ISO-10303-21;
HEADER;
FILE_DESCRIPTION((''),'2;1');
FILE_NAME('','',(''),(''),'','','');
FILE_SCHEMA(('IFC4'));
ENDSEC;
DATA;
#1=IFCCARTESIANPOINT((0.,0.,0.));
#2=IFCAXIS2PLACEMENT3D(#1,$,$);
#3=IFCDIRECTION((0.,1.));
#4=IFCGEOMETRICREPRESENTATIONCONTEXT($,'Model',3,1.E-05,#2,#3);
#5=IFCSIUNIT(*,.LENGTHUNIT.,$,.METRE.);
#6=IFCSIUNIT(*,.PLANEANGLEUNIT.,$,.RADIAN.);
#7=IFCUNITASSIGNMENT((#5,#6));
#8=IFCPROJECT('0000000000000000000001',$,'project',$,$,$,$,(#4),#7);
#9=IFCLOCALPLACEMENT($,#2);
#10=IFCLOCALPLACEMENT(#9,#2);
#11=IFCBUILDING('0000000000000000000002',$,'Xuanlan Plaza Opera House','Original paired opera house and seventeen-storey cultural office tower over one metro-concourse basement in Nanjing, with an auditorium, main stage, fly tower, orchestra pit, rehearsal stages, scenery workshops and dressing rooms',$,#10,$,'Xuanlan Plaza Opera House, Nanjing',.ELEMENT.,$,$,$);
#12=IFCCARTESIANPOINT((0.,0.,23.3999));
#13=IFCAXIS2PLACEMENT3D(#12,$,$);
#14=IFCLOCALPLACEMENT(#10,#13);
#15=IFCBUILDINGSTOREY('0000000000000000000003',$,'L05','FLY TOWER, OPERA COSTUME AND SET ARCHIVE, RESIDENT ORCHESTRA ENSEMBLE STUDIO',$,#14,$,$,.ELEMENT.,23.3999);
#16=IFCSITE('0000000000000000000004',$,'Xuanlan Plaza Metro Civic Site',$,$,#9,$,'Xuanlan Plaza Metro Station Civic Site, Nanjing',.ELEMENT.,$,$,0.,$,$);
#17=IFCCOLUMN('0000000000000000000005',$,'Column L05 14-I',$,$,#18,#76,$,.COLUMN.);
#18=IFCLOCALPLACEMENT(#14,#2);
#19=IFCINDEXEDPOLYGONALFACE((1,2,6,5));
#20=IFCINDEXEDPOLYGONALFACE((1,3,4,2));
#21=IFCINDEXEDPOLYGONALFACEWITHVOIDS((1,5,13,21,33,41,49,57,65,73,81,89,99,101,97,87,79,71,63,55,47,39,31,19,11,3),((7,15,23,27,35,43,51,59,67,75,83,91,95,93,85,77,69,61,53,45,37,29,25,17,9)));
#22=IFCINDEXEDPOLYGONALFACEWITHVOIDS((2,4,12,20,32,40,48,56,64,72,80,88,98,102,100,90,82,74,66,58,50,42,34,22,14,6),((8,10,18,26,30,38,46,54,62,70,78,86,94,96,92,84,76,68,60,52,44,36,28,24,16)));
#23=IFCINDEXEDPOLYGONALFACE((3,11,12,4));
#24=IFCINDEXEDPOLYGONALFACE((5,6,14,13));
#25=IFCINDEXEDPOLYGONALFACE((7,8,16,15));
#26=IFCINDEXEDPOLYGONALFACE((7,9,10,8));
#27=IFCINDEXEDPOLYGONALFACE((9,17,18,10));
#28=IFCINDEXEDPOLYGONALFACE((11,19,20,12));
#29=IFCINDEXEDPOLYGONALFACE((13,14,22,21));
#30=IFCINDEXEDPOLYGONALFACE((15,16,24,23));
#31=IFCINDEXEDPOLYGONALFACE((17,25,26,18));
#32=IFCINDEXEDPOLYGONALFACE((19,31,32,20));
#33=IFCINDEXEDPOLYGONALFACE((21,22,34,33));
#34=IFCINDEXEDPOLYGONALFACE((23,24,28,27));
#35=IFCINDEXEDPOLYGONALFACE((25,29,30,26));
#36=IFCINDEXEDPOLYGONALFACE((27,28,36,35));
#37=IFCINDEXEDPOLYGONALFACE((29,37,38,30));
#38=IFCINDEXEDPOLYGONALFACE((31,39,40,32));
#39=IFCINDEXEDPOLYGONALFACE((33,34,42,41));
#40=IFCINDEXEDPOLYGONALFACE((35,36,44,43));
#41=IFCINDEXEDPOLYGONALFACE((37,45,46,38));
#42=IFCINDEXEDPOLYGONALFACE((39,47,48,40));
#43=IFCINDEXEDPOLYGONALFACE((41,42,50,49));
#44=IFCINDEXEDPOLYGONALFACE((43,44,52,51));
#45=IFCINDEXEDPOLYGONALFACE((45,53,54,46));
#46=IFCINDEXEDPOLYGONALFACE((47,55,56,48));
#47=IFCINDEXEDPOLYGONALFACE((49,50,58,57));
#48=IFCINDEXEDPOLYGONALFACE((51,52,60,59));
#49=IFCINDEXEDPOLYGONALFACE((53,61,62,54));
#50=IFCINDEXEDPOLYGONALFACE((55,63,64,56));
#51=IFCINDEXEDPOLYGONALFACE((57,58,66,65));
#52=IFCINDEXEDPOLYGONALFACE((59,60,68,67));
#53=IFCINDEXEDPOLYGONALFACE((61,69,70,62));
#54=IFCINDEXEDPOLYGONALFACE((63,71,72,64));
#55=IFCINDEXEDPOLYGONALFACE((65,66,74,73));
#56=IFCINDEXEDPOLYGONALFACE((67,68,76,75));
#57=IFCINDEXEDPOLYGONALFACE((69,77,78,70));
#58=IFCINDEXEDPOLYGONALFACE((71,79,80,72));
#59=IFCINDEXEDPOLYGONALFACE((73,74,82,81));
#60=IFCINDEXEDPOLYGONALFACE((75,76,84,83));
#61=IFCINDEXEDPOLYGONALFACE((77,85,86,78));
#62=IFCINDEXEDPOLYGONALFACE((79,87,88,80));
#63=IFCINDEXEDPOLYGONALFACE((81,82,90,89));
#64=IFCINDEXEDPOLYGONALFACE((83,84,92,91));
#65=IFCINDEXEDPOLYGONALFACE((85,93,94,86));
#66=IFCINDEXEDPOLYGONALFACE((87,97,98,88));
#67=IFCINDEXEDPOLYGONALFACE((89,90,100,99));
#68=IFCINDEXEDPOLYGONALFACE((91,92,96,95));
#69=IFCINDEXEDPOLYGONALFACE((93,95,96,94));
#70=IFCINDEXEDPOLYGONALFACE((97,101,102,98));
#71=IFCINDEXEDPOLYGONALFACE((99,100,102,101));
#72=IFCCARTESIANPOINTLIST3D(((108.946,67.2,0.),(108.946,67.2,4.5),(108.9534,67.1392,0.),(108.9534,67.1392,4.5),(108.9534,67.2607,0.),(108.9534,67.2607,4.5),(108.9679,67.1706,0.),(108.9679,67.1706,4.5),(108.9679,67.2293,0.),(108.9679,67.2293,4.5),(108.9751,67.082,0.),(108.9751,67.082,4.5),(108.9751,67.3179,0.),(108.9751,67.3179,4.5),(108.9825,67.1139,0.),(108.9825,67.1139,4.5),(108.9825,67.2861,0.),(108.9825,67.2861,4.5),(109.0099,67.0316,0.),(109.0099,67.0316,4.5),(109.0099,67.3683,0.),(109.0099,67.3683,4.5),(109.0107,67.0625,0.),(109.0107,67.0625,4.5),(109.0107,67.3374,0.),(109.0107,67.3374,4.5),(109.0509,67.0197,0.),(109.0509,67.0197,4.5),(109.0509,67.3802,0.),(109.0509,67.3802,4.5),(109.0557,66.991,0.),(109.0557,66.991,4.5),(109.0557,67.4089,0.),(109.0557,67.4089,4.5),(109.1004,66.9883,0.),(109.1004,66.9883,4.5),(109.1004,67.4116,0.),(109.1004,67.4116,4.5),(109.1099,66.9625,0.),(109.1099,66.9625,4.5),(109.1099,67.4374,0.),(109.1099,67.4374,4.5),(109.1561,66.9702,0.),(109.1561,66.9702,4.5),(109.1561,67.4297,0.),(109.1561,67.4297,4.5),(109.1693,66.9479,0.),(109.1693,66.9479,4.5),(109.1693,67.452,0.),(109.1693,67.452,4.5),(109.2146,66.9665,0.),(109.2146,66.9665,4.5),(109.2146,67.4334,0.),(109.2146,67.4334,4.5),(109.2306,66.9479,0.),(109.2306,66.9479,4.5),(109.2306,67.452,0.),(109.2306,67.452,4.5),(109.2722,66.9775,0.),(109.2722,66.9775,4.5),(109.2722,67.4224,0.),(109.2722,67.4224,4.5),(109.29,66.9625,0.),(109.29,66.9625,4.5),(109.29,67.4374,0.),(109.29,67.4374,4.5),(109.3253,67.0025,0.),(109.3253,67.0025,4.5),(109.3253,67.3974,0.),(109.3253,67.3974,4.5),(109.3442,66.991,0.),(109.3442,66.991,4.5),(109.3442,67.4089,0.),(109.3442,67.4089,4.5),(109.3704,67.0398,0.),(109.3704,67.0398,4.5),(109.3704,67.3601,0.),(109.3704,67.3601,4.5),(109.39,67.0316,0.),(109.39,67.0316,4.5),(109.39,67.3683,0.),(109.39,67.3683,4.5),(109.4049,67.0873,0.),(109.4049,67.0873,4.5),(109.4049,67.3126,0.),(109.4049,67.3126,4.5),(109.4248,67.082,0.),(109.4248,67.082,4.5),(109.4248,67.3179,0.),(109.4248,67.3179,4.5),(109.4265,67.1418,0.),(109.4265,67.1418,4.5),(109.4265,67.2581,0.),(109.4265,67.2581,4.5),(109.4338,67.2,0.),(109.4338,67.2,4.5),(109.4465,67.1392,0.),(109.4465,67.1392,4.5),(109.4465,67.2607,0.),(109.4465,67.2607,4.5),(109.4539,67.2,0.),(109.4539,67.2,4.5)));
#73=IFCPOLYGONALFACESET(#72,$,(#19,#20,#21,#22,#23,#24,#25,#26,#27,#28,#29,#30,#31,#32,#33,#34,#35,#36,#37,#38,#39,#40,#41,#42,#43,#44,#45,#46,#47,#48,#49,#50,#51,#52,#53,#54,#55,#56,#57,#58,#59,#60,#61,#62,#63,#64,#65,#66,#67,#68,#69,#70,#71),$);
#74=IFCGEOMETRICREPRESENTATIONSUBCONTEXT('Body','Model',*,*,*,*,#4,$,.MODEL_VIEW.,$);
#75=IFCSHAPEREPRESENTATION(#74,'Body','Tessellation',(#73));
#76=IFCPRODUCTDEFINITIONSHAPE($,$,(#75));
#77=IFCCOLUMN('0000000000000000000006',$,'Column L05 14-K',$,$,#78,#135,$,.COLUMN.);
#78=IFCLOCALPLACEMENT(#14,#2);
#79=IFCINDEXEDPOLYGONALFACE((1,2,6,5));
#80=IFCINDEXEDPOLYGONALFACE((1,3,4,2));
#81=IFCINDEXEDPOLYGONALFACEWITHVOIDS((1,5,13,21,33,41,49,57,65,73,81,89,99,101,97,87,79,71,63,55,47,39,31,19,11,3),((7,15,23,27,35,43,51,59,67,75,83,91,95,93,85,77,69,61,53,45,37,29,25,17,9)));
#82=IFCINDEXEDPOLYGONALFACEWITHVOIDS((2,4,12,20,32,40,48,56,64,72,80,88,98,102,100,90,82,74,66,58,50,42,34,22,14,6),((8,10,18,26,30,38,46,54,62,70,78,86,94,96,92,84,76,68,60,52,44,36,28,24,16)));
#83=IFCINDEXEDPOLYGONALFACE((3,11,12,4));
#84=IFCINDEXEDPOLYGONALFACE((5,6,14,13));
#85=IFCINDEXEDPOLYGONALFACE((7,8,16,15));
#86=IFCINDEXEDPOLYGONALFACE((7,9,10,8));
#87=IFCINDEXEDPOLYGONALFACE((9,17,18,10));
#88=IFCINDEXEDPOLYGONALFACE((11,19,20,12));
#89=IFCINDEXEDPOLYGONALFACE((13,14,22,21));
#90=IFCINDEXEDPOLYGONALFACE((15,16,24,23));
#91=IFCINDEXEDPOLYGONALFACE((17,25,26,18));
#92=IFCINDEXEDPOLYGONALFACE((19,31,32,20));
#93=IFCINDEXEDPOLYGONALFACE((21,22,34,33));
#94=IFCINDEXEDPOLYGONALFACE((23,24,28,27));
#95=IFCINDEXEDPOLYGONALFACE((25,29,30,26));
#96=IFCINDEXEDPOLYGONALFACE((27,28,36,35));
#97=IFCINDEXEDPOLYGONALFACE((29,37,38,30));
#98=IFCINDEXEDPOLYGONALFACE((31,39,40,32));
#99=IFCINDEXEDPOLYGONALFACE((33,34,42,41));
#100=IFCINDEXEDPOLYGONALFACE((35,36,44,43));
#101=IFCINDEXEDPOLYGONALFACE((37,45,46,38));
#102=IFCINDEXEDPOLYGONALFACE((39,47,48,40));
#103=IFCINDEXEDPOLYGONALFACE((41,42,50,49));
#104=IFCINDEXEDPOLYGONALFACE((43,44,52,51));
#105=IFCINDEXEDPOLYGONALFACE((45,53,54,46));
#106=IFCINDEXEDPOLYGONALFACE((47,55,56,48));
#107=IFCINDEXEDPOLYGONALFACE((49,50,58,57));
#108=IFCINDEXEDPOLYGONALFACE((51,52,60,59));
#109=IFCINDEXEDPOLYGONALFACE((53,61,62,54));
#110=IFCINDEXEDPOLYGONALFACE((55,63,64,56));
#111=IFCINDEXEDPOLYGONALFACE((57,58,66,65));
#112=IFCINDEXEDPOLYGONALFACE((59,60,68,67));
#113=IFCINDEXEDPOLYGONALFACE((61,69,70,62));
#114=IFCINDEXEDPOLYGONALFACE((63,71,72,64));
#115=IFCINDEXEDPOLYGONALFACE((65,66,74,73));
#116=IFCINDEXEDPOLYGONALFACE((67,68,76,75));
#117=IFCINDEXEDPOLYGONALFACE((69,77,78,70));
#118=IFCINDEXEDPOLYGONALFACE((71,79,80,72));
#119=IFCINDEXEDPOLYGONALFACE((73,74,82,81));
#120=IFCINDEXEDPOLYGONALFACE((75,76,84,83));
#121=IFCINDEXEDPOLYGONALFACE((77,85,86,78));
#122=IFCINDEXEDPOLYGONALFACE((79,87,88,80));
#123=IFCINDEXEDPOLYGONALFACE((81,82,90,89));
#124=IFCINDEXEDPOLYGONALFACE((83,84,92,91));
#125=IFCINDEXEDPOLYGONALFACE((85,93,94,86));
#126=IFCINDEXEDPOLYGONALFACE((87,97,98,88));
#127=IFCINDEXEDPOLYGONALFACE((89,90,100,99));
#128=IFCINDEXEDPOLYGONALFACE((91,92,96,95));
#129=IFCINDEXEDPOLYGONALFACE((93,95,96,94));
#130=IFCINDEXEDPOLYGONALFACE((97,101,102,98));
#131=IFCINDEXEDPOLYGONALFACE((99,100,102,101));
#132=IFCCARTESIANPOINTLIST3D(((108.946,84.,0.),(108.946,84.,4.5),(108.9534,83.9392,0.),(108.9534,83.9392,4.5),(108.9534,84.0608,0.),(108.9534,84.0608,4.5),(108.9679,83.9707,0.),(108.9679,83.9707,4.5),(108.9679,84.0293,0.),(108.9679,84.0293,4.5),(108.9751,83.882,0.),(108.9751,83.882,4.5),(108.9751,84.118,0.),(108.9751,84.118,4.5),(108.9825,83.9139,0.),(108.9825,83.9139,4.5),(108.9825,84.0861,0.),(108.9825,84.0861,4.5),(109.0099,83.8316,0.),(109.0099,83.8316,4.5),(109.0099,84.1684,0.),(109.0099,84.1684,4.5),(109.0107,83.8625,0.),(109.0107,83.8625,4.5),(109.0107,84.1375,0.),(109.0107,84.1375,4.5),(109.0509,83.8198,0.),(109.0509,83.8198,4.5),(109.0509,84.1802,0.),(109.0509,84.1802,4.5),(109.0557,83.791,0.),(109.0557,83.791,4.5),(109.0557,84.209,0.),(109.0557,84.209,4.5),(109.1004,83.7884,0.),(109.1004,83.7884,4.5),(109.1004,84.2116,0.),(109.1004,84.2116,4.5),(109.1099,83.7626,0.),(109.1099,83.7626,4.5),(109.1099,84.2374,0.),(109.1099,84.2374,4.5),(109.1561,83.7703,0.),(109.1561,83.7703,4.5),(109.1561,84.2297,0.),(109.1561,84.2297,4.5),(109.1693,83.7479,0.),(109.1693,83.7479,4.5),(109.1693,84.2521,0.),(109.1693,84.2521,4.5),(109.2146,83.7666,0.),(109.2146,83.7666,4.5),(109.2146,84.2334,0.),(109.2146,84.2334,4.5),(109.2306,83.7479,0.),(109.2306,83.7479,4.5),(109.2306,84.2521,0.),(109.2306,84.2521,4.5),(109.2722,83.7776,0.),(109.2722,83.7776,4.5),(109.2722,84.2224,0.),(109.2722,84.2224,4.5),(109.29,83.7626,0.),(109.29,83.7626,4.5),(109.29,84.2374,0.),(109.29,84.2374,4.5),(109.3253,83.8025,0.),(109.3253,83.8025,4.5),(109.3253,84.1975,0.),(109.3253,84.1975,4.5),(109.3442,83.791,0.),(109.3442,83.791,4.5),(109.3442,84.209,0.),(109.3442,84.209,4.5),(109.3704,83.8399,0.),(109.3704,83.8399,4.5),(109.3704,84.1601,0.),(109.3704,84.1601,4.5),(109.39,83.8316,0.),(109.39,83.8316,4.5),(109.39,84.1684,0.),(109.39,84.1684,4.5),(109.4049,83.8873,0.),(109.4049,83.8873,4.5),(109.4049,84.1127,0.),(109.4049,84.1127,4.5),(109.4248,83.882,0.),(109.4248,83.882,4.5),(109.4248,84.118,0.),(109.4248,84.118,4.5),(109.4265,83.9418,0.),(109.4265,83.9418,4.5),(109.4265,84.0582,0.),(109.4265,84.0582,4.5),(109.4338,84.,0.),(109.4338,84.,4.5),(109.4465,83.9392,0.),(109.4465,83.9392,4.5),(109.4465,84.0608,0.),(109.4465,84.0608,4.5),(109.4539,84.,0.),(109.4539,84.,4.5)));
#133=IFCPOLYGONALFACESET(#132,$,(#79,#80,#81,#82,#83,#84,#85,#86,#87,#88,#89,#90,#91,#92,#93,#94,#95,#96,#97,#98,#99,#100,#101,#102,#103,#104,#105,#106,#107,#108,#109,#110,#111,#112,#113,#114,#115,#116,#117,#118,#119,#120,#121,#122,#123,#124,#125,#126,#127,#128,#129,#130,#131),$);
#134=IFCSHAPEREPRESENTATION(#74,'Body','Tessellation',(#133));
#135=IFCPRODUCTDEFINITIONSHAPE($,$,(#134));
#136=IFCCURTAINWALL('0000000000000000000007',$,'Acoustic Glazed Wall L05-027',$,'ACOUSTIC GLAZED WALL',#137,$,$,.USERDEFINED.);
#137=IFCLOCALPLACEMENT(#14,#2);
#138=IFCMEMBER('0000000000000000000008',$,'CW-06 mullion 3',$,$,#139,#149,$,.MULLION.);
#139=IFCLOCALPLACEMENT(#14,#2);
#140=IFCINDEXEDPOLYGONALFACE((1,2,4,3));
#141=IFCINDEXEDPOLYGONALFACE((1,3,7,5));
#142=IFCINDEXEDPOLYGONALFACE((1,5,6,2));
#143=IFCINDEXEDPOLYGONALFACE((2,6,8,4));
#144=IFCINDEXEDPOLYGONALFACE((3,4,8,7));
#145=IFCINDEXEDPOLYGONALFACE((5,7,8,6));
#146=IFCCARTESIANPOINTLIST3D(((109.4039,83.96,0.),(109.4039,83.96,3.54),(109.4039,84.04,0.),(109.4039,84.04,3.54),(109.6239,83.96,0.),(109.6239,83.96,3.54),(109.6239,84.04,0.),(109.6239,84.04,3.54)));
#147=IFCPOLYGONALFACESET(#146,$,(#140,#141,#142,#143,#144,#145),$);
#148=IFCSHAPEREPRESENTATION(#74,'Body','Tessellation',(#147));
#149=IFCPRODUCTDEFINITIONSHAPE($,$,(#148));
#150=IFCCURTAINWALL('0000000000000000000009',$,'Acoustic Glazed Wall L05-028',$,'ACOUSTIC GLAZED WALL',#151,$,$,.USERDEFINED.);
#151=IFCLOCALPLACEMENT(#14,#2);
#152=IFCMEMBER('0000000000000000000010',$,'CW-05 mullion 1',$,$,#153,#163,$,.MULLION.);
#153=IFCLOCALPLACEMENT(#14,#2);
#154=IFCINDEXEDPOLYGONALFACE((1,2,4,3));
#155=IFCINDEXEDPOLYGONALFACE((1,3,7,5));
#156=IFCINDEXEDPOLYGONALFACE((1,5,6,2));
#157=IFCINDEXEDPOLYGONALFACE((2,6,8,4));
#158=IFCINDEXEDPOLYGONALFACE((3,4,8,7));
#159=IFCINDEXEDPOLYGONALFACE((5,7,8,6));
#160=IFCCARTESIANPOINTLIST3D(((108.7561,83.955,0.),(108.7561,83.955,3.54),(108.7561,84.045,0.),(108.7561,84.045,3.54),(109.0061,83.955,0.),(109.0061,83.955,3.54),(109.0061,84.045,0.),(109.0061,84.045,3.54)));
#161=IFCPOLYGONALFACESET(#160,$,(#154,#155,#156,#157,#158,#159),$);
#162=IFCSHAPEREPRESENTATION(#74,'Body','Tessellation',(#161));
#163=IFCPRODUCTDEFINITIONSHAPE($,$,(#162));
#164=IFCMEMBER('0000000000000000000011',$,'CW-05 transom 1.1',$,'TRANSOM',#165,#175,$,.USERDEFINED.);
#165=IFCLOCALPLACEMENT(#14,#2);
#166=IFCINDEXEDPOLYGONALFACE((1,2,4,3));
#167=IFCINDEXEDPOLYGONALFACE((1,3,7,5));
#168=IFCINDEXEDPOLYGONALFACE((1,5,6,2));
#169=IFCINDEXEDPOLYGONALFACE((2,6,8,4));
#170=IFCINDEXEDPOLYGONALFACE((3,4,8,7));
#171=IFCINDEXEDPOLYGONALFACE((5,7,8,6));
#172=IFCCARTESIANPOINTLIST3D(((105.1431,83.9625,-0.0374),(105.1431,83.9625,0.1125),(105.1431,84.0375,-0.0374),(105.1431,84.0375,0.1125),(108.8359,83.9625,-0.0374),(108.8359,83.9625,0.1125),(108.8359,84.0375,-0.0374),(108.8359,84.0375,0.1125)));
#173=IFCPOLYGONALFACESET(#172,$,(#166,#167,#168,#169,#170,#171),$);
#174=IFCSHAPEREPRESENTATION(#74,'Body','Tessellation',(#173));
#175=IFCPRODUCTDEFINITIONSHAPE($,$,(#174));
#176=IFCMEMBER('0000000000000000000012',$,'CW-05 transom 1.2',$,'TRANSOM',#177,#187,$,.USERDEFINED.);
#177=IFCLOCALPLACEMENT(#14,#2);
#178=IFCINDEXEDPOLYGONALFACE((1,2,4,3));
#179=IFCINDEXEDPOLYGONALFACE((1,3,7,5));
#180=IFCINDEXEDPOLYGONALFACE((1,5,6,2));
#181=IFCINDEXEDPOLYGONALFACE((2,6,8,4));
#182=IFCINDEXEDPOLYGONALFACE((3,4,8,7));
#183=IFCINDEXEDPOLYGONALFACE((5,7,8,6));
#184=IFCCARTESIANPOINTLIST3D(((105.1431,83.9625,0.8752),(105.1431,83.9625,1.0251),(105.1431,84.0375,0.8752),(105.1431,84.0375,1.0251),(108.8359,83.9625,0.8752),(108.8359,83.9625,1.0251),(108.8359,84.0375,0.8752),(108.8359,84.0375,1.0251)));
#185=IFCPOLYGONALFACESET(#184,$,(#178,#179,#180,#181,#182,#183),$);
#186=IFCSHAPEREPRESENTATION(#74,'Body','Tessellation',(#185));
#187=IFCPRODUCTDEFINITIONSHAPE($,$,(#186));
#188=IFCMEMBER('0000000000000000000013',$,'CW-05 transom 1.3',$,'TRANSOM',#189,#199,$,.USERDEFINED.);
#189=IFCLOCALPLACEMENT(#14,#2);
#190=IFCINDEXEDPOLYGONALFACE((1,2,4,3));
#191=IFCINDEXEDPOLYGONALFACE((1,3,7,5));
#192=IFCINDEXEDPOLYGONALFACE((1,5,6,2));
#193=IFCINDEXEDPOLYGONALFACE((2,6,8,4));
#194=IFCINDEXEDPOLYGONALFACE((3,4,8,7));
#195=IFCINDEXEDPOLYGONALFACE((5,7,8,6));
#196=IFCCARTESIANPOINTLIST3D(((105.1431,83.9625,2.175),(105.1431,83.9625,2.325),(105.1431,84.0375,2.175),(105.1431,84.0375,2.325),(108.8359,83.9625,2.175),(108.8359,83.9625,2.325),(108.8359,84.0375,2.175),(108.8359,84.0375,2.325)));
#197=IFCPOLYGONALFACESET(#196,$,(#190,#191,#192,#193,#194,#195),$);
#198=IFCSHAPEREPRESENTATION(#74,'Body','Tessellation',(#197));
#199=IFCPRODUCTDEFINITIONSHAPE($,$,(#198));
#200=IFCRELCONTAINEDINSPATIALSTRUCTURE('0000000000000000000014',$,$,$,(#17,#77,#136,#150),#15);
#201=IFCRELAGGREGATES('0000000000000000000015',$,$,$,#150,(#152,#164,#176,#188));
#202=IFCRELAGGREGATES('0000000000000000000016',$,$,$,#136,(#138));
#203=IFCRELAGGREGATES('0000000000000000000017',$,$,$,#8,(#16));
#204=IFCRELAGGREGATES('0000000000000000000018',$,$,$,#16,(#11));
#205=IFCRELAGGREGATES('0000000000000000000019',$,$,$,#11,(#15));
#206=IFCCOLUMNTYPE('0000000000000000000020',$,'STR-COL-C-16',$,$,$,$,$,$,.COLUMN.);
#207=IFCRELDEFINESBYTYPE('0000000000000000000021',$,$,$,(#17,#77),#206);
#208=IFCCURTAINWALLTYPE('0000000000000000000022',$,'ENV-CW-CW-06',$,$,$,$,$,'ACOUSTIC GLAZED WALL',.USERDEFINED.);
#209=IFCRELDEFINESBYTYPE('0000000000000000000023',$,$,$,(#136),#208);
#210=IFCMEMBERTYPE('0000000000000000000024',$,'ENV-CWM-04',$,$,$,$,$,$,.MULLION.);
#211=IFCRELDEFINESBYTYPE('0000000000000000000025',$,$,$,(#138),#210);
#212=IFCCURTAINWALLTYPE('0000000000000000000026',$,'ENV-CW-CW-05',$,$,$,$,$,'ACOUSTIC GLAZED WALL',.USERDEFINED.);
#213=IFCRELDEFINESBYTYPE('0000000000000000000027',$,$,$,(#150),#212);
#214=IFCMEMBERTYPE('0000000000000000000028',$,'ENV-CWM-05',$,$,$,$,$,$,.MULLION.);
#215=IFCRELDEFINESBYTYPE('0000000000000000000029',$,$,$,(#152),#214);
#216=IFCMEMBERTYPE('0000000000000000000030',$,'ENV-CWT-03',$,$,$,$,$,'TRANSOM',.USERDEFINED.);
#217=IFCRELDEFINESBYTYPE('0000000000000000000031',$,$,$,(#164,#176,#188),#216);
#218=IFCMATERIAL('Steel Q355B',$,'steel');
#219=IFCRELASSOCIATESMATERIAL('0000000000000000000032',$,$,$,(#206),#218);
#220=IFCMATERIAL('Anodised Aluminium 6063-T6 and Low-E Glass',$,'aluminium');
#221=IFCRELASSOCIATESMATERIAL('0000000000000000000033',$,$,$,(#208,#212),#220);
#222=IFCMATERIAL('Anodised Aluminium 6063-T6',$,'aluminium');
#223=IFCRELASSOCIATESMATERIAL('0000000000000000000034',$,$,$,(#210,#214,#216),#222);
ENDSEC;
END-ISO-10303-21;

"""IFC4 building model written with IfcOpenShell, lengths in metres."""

from ifc_helpers import new_model, si_unit, direction, frame, origin, origin_2d, place, context, subcontext, project, spatial, rectangle, hollow_circle, extrude, material, material_profile, profile_set, type_object, element, aggregate, save


model = new_model("IFC4")

# Units and contexts
model_context = context("Model", 3, precision=1e-05, world=origin(), true_north=direction((0.0, 1.0)))
body_context = subcontext(model_context, "Body", "Model", "MODEL_VIEW")
ifc_project = project(units=[si_unit("LENGTHUNIT", "METRE"), si_unit("PLANEANGLEUNIT", "RADIAN")], contexts=[model_context])

# Site, building, storey
site_placement = place(None, origin())
site = spatial("IfcSite", under=ifc_project, at=site_placement, Name="Xuanlan Plaza Metro Civic Site", LongName="Xuanlan Plaza Metro Station Civic Site, Nanjing", CompositionType="ELEMENT", RefElevation=0.0)
building_placement = place(site_placement, origin())
building = spatial("IfcBuilding", under=site, at=building_placement, Name="Xuanlan Plaza Opera House", Description="Original paired opera house and seventeen-storey cultural office tower over one metro-concourse basement in Nanjing, with an auditorium, main stage, fly tower, orchestra pit, rehearsal stages, scenery workshops and dressing rooms", LongName="Xuanlan Plaza Opera House, Nanjing", CompositionType="ELEMENT")
storey_placement = place(building_placement, frame((0.0, 0.0, 23.3999)))
storey = spatial("IfcBuildingStorey", under=building, at=storey_placement, Name="L05", Description="FLY TOWER, OPERA COSTUME AND SET ARCHIVE, RESIDENT ORCHESTRA ENSEMBLE STUDIO", CompositionType="ELEMENT", Elevation=23.3999)

# Columns
ifc_material_1 = material(Name="Steel Q355B", Category="steel")
ifc_material_profile_1 = material_profile(ifc_material_1, hollow_circle(Radius=0.2539, WallThickness=0.02, at=origin_2d()), Name="CHS 508x20")
ifc_profile_set_1 = profile_set([ifc_material_profile_1], Name="Steel Q355B")
column_type_1 = type_object("IfcColumnType", Name="STR-COL-C-16", PredefinedType="COLUMN", material=ifc_profile_set_1)
for number, where, z_axis, x_axis, name in (
    (1, (109.2, 67.2, 0.0), (0.0, 0.0, 1.0), (1.0, 0.0, 0.0), "Column L05 14-I"),
    (2, (109.2, 84.0, 0.0), (0.0, 0.0, 1.0), (1.0, 0.0, 0.0), "Column L05 14-K"),
):
    element("IfcColumn", number, at=place(storey_placement, frame(where, z_axis=z_axis, x_axis=x_axis)), inside=storey, type_object=column_type_1, Name=name, PredefinedType="COLUMN", context=body_context, shape_type="SweptSolid", body=[
        extrude(hollow_circle(Radius=0.2539, WallThickness=0.02, at=origin_2d()), origin(), (0.0, 0.0, 1.0), 4.5),
    ])

# Curtain wall, member
ifc_material_2 = material(Name="Anodised Aluminium 6063-T6 and Low-E Glass", Category="aluminium")
curtain_wall_type_1 = type_object("IfcCurtainWallType", Name="ENV-CW-CW-06", ElementType="ACOUSTIC GLAZED WALL", PredefinedType="USERDEFINED", material=ifc_material_2)
curtain_wall_1_placement = place(storey_placement, origin())
curtain_wall_1 = element("IfcCurtainWall", 3, at=curtain_wall_1_placement, inside=storey, type_object=curtain_wall_type_1, Name="Acoustic Glazed Wall L05-027", ObjectType="ACOUSTIC GLAZED WALL", PredefinedType="USERDEFINED")
ifc_material_3 = material(Name="Anodised Aluminium 6063-T6", Category="aluminium")
ifc_material_profile_2 = material_profile(ifc_material_3, rectangle(XDim=0.0801, YDim=0.22, at=origin_2d()), Name="ALU-M 80x220")
ifc_profile_set_2 = profile_set([ifc_material_profile_2], Name="Anodised Aluminium 6063-T6")
member_type_1 = type_object("IfcMemberType", Name="ENV-CWM-04", PredefinedType="MULLION", material=ifc_profile_set_2)
member_1_placement = place(storey_placement, frame((109.5139, 84.0, 0.0), z_axis=(0.0, 0.0, 1.0), x_axis=(0.0, -1.0, 0.0)))
member_1 = element("IfcMember", 4, at=member_1_placement, type_object=member_type_1, Name="CW-06 mullion 3", PredefinedType="MULLION", context=body_context, shape_type="SweptSolid", body=[
    extrude(rectangle(XDim=0.0801, YDim=0.22, at=origin_2d()), origin(), (0.0, 0.0, 1.0), 3.54),
])

# Curtain wall, members
curtain_wall_type_2 = type_object("IfcCurtainWallType", Name="ENV-CW-CW-05", ElementType="ACOUSTIC GLAZED WALL", PredefinedType="USERDEFINED", material=ifc_material_2)
curtain_wall_2_placement = place(storey_placement, origin())
curtain_wall_2 = element("IfcCurtainWall", 5, at=curtain_wall_2_placement, inside=storey, type_object=curtain_wall_type_2, Name="Acoustic Glazed Wall L05-028", ObjectType="ACOUSTIC GLAZED WALL", PredefinedType="USERDEFINED")
ifc_material_profile_3 = material_profile(ifc_material_3, rectangle(XDim=0.0901, YDim=0.25, at=origin_2d()), Name="ALU-M 90x250")
ifc_profile_set_3 = profile_set([ifc_material_profile_3], Name="Anodised Aluminium 6063-T6")
member_type_2 = type_object("IfcMemberType", Name="ENV-CWM-05", PredefinedType="MULLION", material=ifc_profile_set_3)
member_2_placement = place(storey_placement, frame((108.8811, 84.0, 0.0), z_axis=(0.0, 0.0, 1.0), x_axis=(0.0, -1.0, 0.0)))
member_2 = element("IfcMember", 6, at=member_2_placement, type_object=member_type_2, Name="CW-05 mullion 1", PredefinedType="MULLION", context=body_context, shape_type="SweptSolid", body=[
    extrude(rectangle(XDim=0.0901, YDim=0.25, at=origin_2d()), origin(), (0.0, 0.0, 1.0), 3.54),
])
ifc_material_profile_4 = material_profile(ifc_material_3, rectangle(XDim=0.075, YDim=0.1499, at=origin_2d()), Name="ALU-T 75x150")
ifc_profile_set_4 = profile_set([ifc_material_profile_4], Name="Anodised Aluminium 6063-T6")
member_type_3 = type_object("IfcMemberType", Name="ENV-CWT-03", ElementType="TRANSOM", PredefinedType="USERDEFINED", material=ifc_profile_set_4)
member_3_placement = place(storey_placement, frame((108.8359, 84.0, 0.0376), z_axis=(-1.0, 0.0, 0.0), x_axis=(0.0, -1.0, 0.0)))
member_3 = element("IfcMember", 7, at=member_3_placement, type_object=member_type_3, Name="CW-05 transom 1.1", ObjectType="TRANSOM", PredefinedType="USERDEFINED", context=body_context, shape_type="SweptSolid", body=[
    extrude(rectangle(XDim=0.075, YDim=0.1499, at=origin_2d()), origin(), (0.0, 0.0, 1.0), 3.6929),
])
member_4_placement = place(storey_placement, frame((108.8359, 84.0, 0.9502), z_axis=(-1.0, 0.0, 0.0), x_axis=(0.0, -1.0, 0.0)))
member_4 = element("IfcMember", 8, at=member_4_placement, type_object=member_type_3, Name="CW-05 transom 1.2", ObjectType="TRANSOM", PredefinedType="USERDEFINED", context=body_context, shape_type="SweptSolid", body=[
    extrude(rectangle(XDim=0.075, YDim=0.1499, at=origin_2d()), origin(), (0.0, 0.0, 1.0), 3.6929),
])
member_5_placement = place(storey_placement, frame((108.8359, 84.0, 2.25), z_axis=(-1.0, 0.0, 0.0), x_axis=(0.0, -1.0, 0.0)))
member_5 = element("IfcMember", 9, at=member_5_placement, type_object=member_type_3, Name="CW-05 transom 1.3", ObjectType="TRANSOM", PredefinedType="USERDEFINED", context=body_context, shape_type="SweptSolid", body=[
    extrude(rectangle(XDim=0.075, YDim=0.1499, at=origin_2d()), origin(), (0.0, 0.0, 1.0), 3.6929),
])

aggregate(curtain_wall_2, [member_2, member_3, member_4, member_5])
aggregate(curtain_wall_1, [member_1])

save(model, "model.ifc")
